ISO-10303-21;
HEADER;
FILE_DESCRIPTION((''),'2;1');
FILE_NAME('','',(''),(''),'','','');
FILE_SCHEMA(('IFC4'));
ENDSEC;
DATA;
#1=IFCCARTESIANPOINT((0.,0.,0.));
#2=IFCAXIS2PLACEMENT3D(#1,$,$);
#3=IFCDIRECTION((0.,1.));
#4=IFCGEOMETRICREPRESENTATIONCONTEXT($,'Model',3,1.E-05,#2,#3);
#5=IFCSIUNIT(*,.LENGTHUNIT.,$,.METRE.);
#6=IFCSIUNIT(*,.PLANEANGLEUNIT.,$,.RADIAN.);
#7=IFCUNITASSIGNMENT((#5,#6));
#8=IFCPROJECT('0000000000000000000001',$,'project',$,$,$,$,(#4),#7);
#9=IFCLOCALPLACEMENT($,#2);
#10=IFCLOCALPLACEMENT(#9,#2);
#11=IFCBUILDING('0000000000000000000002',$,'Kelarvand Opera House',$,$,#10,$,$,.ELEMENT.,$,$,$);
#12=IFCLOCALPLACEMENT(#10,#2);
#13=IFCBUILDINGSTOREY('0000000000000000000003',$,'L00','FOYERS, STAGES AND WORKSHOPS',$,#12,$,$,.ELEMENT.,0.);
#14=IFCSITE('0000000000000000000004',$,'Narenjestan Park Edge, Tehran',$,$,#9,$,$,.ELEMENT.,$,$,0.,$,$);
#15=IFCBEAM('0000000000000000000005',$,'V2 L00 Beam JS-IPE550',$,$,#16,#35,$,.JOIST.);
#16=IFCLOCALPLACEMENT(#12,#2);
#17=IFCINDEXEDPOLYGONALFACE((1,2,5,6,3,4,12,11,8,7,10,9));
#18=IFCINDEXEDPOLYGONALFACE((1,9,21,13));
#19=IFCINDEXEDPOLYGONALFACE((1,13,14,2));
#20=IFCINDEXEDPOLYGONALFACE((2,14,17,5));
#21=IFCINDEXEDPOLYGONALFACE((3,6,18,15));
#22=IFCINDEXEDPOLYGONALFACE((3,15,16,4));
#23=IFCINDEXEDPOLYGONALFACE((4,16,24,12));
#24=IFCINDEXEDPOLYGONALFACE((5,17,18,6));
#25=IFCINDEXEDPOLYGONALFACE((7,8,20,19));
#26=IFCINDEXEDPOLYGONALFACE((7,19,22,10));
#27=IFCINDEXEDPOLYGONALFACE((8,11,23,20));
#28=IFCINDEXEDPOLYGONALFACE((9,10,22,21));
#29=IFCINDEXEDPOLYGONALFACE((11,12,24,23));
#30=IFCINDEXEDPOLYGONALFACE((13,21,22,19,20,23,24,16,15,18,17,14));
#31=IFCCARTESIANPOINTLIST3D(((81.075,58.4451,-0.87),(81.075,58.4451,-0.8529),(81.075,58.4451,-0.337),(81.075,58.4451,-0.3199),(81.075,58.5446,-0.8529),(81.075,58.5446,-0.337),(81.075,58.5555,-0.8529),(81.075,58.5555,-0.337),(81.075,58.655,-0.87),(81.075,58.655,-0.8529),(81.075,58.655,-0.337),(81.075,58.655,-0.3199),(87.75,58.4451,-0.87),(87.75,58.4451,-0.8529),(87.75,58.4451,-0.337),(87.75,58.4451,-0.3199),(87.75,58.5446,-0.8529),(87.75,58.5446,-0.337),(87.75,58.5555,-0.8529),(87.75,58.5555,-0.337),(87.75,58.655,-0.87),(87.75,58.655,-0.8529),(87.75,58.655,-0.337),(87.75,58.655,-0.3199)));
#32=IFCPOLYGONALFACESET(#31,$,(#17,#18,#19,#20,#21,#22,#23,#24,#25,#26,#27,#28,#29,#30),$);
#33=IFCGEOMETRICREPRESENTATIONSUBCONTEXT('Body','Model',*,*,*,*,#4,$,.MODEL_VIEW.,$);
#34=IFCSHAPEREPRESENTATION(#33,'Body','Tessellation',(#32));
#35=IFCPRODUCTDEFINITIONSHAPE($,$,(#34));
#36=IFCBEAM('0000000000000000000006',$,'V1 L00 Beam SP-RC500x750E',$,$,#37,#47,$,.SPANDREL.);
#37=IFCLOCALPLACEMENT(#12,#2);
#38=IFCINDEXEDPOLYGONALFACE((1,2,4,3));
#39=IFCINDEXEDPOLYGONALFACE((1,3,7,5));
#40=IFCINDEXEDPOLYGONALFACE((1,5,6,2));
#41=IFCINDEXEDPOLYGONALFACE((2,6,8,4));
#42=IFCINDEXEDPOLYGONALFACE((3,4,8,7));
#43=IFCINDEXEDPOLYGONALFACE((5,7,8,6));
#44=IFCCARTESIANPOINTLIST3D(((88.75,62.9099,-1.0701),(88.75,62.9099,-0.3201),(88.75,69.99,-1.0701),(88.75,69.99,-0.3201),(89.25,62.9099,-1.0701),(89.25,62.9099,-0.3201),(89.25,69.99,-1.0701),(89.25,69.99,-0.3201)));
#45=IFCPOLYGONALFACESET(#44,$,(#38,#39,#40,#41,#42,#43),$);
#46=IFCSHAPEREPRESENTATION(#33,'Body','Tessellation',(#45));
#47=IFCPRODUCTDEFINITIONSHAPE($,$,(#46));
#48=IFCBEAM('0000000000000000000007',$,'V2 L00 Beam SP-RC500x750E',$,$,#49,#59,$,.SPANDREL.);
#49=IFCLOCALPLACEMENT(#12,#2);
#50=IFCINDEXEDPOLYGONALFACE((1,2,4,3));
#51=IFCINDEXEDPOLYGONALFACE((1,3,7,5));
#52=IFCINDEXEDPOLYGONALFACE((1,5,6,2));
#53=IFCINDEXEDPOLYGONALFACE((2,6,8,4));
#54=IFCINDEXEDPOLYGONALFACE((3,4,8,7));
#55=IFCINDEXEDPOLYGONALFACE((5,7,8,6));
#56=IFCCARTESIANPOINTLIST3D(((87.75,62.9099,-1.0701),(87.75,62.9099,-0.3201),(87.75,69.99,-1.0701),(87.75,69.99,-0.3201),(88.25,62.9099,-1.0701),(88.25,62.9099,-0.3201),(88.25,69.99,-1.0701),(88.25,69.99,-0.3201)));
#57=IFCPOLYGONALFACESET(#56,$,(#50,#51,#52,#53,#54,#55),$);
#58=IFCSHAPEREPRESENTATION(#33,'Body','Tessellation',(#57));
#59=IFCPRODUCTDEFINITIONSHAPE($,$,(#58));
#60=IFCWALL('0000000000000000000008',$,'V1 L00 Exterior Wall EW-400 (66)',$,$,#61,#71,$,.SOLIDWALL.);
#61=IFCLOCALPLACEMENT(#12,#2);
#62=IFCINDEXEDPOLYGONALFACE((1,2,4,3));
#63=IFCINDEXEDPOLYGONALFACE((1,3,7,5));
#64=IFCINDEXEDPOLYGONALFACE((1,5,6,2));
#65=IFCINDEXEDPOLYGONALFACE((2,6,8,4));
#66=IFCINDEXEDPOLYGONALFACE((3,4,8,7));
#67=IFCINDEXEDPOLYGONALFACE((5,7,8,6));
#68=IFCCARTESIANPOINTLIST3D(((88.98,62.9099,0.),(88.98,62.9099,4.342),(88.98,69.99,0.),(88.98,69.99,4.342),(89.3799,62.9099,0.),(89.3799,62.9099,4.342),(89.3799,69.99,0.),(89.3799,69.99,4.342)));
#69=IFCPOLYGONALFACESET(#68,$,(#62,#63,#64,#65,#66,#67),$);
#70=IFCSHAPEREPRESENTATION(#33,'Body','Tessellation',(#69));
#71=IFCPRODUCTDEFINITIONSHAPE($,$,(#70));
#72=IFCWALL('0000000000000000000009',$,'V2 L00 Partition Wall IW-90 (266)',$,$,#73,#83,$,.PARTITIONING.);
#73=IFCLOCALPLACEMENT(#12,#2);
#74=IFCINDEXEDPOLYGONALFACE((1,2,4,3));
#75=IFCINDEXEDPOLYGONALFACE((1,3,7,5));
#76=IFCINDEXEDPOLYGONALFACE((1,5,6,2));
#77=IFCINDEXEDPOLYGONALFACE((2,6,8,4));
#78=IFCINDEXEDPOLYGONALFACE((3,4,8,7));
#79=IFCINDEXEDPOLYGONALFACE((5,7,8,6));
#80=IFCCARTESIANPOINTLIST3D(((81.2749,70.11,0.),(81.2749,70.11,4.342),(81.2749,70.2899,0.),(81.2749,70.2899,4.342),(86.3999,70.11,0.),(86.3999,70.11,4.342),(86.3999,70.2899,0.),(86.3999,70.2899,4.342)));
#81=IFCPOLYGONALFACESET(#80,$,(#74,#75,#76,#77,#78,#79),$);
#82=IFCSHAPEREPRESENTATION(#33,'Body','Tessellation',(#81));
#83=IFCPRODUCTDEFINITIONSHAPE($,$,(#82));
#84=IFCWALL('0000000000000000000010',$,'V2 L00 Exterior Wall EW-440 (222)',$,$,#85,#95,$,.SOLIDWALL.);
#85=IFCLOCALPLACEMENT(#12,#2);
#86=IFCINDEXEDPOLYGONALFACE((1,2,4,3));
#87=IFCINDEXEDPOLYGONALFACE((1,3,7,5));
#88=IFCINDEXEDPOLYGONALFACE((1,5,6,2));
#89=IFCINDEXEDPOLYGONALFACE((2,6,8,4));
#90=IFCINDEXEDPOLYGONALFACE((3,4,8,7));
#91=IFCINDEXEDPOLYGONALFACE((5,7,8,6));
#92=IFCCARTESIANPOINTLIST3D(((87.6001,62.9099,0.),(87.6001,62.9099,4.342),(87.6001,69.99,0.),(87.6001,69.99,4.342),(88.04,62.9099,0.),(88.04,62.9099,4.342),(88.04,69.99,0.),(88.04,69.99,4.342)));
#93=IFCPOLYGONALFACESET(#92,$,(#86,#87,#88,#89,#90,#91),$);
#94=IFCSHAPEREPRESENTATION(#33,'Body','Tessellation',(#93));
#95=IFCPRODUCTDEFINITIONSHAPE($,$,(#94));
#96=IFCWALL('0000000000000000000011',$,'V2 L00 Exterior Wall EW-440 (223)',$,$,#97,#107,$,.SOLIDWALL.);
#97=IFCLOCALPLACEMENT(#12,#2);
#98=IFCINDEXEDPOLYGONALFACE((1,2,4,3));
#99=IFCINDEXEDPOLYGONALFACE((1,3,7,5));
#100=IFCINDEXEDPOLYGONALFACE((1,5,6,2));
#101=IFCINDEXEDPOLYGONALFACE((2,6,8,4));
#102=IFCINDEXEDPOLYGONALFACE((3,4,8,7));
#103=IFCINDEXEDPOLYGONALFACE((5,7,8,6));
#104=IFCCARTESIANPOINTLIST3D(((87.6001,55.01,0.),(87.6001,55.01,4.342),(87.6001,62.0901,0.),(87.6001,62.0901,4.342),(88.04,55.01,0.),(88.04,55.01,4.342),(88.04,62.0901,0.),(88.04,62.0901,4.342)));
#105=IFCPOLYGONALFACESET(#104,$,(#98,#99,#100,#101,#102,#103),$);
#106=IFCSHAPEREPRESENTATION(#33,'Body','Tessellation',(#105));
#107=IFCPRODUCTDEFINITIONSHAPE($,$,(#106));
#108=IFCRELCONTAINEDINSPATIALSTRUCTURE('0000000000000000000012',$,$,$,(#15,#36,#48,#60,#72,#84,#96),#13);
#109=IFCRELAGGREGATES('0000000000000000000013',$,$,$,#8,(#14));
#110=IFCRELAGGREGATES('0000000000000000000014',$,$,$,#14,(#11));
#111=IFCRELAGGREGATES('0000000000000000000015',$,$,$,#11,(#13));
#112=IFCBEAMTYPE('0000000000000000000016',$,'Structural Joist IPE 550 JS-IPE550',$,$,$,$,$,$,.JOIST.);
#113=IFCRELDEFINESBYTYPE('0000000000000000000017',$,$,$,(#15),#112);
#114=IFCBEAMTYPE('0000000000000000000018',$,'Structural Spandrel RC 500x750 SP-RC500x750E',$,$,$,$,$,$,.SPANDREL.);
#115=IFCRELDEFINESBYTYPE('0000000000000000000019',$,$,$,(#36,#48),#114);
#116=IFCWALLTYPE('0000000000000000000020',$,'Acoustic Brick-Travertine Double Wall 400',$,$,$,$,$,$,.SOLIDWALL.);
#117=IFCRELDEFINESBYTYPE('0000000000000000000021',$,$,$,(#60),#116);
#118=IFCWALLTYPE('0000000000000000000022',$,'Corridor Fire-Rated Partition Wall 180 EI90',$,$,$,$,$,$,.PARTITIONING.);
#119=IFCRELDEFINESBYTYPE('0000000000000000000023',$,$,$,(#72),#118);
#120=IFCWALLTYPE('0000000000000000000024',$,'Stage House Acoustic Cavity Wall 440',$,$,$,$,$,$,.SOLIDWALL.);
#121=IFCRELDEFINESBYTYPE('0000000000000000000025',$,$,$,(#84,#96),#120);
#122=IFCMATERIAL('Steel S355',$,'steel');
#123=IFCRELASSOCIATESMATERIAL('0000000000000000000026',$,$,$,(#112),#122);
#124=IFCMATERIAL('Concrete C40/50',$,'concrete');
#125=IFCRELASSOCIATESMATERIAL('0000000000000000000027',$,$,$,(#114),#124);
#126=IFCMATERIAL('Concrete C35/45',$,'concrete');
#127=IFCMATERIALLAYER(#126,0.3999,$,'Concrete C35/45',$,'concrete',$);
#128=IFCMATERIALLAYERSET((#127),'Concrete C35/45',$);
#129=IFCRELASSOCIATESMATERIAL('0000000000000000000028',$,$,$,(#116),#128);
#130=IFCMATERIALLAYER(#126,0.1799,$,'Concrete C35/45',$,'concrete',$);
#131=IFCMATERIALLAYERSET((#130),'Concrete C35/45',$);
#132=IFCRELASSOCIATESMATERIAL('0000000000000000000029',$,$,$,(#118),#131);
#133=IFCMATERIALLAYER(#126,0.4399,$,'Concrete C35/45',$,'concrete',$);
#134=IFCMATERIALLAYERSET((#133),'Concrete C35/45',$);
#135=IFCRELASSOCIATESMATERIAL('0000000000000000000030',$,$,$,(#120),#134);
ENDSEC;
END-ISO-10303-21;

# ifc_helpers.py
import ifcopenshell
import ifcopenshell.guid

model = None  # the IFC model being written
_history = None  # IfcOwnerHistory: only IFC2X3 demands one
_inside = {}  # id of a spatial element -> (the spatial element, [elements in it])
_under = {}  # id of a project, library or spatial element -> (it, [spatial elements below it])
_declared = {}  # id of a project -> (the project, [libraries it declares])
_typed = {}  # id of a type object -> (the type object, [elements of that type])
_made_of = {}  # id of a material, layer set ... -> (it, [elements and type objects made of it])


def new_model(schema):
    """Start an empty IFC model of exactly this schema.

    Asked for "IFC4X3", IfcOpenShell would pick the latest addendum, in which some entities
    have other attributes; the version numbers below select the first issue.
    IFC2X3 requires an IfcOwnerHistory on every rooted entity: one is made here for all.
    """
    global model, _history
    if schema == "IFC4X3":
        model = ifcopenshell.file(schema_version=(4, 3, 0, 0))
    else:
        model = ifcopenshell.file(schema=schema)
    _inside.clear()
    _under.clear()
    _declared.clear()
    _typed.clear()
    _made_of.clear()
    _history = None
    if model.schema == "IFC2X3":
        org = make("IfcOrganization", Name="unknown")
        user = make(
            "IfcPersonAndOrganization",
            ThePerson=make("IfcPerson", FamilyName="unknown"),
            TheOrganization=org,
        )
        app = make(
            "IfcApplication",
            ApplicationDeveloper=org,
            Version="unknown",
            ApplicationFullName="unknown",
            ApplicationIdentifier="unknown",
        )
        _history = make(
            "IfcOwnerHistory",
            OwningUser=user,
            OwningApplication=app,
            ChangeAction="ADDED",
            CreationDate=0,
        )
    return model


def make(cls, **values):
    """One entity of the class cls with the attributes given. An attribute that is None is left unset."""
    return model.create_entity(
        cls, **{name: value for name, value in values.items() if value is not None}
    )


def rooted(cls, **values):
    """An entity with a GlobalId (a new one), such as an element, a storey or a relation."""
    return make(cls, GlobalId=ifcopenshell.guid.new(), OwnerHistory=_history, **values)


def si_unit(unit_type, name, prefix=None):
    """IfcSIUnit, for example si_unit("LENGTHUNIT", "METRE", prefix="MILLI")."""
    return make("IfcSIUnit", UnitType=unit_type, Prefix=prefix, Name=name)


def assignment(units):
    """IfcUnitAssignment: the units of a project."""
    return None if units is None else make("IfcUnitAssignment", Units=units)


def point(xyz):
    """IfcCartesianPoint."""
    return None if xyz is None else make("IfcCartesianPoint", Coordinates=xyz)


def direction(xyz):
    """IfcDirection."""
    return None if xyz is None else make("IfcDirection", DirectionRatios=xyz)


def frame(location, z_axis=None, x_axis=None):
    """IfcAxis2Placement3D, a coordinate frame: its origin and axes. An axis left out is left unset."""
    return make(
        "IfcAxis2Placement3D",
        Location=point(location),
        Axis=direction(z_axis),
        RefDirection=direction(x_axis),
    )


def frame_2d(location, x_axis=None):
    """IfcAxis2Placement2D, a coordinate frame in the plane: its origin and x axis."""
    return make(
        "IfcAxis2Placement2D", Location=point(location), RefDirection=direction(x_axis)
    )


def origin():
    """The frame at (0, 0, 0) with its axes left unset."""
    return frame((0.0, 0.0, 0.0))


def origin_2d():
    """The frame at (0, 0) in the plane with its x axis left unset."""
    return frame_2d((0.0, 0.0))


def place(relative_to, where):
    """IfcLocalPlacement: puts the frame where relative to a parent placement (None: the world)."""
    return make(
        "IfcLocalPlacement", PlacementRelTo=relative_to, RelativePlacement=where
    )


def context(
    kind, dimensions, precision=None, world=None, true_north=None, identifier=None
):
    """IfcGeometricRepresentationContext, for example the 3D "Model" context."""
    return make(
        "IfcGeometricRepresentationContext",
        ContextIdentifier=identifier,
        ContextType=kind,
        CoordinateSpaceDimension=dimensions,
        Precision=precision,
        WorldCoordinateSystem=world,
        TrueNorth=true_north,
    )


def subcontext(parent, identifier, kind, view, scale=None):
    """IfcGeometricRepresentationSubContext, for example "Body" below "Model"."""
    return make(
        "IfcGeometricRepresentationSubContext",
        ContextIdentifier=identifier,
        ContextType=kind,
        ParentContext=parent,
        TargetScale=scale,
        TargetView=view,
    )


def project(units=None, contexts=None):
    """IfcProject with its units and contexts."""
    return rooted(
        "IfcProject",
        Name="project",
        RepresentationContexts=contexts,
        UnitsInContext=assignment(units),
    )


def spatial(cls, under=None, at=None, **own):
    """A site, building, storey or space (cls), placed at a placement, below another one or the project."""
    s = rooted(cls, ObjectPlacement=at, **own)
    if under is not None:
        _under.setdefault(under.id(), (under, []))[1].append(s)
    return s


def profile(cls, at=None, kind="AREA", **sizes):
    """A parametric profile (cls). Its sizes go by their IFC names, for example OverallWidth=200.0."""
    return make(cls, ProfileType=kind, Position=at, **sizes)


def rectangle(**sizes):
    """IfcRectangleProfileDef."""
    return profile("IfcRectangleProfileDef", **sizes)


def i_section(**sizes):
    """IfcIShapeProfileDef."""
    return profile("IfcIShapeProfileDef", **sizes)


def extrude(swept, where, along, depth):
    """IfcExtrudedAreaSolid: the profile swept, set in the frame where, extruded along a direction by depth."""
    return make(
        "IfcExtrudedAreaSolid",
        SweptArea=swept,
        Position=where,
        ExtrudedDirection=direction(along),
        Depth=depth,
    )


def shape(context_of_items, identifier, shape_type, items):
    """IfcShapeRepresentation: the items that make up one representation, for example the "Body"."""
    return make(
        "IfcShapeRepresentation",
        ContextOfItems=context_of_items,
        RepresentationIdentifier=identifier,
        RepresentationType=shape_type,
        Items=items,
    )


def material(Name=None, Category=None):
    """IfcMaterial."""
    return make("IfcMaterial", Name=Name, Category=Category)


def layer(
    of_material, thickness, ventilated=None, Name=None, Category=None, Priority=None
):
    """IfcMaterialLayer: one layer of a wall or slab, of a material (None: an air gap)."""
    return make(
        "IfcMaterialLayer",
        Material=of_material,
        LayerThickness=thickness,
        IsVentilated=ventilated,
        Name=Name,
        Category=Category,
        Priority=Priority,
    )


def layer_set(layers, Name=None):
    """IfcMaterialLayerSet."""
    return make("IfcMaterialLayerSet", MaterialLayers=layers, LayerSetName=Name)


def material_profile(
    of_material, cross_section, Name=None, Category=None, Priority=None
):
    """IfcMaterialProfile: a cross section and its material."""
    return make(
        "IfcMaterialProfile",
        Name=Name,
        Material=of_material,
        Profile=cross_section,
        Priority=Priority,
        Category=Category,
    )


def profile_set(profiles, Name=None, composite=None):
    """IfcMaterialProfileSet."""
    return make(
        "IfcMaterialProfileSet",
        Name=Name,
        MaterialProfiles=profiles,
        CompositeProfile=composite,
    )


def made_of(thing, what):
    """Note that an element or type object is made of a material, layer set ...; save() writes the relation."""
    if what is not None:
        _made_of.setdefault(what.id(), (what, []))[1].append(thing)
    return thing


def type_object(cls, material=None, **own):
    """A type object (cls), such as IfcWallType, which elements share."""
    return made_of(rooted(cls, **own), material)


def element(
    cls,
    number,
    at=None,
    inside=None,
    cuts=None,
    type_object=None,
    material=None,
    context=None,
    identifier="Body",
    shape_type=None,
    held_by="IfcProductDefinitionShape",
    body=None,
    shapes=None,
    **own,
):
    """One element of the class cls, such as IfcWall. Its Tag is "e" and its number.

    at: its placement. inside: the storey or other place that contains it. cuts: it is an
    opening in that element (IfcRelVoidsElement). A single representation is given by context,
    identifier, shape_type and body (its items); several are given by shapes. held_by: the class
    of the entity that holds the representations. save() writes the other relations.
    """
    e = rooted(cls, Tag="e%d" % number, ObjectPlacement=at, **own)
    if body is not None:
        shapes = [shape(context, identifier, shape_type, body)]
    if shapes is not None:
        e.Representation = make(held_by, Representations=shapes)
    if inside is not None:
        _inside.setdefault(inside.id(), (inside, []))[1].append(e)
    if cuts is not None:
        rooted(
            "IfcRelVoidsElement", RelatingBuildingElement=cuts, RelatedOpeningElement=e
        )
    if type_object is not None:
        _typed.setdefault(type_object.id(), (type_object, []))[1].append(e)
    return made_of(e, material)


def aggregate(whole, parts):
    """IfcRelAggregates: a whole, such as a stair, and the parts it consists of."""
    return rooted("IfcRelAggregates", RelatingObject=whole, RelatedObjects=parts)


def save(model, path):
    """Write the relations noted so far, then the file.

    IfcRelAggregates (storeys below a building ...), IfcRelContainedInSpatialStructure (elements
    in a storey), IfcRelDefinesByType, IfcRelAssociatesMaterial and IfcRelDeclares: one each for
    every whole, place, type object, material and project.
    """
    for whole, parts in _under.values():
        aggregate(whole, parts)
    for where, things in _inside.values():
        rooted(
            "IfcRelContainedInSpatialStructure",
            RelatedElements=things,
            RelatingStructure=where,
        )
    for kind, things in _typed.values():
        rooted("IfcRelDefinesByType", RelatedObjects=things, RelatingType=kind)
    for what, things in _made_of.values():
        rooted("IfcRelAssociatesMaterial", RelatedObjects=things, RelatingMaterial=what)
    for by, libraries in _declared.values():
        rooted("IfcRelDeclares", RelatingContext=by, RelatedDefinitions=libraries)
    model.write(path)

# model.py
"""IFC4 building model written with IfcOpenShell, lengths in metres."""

from ifc_helpers import new_model, si_unit, direction, frame, frame_2d, origin, origin_2d, place, context, subcontext, project, spatial, rectangle, i_section, extrude, material, layer, layer_set, material_profile, profile_set, type_object, element, save


model = new_model("IFC4")

# Units and contexts
model_context = context("Model", 3, precision=1e-05, world=origin(), true_north=direction((0.0, 1.0)))
body_context = subcontext(model_context, "Body", "Model", "MODEL_VIEW")
ifc_project = project(units=[si_unit("LENGTHUNIT", "METRE"), si_unit("PLANEANGLEUNIT", "RADIAN")], contexts=[model_context])

# Site, building, storey
site_placement = place(None, origin())
site = spatial("IfcSite", under=ifc_project, at=site_placement, Name="Narenjestan Park Edge, Tehran", CompositionType="ELEMENT", RefElevation=0.0)
building_placement = place(site_placement, origin())
building = spatial("IfcBuilding", under=site, at=building_placement, Name="Kelarvand Opera House", CompositionType="ELEMENT")
storey_placement = place(building_placement, origin())
storey = spatial("IfcBuildingStorey", under=building, at=storey_placement, Name="L00", Description="FOYERS, STAGES AND WORKSHOPS", CompositionType="ELEMENT", Elevation=0.0)

# Shared definitions
ifc_material_1 = material(Name="Concrete C40/50", Category="concrete")

# Beams
ifc_material_2 = material(Name="Concrete C35/45", Category="concrete")
ifc_material_3 = material(Name="Steel S355", Category="steel")
ifc_material_profile_1 = material_profile(ifc_material_3, i_section(OverallWidth=0.21, OverallDepth=0.55, WebThickness=0.011, FlangeThickness=0.0171, at=origin_2d()), Name="IPE 550", Category="steel")
ifc_profile_set_1 = profile_set([ifc_material_profile_1], Name="Steel S355")
beam_type_1 = type_object("IfcBeamType", Name="Structural Joist IPE 550 JS-IPE550", PredefinedType="JOIST", material=ifc_profile_set_1)
beam_1_placement = place(storey_placement, frame((81.075, 58.55, -0.595), z_axis=(1.0, 0.0, 0.0), x_axis=(0.0, 1.0, 0.0)))
element("IfcBeam", 1, at=beam_1_placement, inside=storey, type_object=beam_type_1, Name="V2 L00 Beam JS-IPE550", PredefinedType="JOIST", context=body_context, shape_type="SweptSolid", body=[
    extrude(i_section(OverallWidth=0.21, OverallDepth=0.55, WebThickness=0.011, FlangeThickness=0.0171, at=origin_2d()), origin(), (0.0, 0.0, 1.0), 6.675),
])
ifc_material_profile_2 = material_profile(ifc_material_1, rectangle(XDim=0.5, YDim=0.75, at=origin_2d()), Name="RC 500x750", Category="concrete")
ifc_profile_set_2 = profile_set([ifc_material_profile_2], Name="Concrete C40/50")
beam_type_2 = type_object("IfcBeamType", Name="Structural Spandrel RC 500x750 SP-RC500x750E", PredefinedType="SPANDREL", material=ifc_profile_set_2)
for number, where, z_axis, x_axis, name in (
    (2, (89.0, 62.9099, -0.6951), (0.0, 1.0, 0.0), (-1.0, 0.0, 0.0), "V1 L00 Beam SP-RC500x750E"),
    (3, (88.0, 62.9099, -0.6951), (0.0, 1.0, 0.0), (-1.0, 0.0, 0.0), "V2 L00 Beam SP-RC500x750E"),
):
    element("IfcBeam", number, at=place(storey_placement, frame(where, z_axis=z_axis, x_axis=x_axis)), inside=storey, type_object=beam_type_2, Name=name, PredefinedType="SPANDREL", context=body_context, shape_type="SweptSolid", body=[
        extrude(rectangle(XDim=0.5, YDim=0.75, at=origin_2d()), origin(), (0.0, 0.0, 1.0), 7.0801),
    ])

# Wall
ifc_layer_1 = layer(ifc_material_2, 0.3999, Name="Concrete C35/45", Category="concrete")
ifc_layer_set_1 = layer_set([ifc_layer_1], Name="Concrete C35/45")
wall_type_1 = type_object("IfcWallType", Name="Acoustic Brick-Travertine Double Wall 400", PredefinedType="SOLIDWALL", material=ifc_layer_set_1)
wall_1_placement = place(storey_placement, frame((89.1799, 62.9099, 0.0), z_axis=(0.0, 0.0, 1.0), x_axis=(0.0, 1.0, 0.0)))
element("IfcWall", 4, at=wall_1_placement, inside=storey, type_object=wall_type_1, Name="V1 L00 Exterior Wall EW-400 (66)", PredefinedType="SOLIDWALL", context=body_context, shape_type="SweptSolid", body=[
    extrude(rectangle(XDim=7.0801, YDim=0.3999, at=frame_2d((3.54, 0.0))), origin(), (0.0, 0.0, 1.0), 4.342),
])

# Shared definitions
ifc_layer_2 = layer(ifc_material_2, 0.1799, Name="Concrete C35/45", Category="concrete")
ifc_layer_set_2 = layer_set([ifc_layer_2], Name="Concrete C35/45")
wall_type_2 = type_object("IfcWallType", Name="Corridor Fire-Rated Partition Wall 180 EI90", PredefinedType="PARTITIONING", material=ifc_layer_set_2)

# Walls
wall_2_placement = place(storey_placement, frame((81.2749, 70.2, 0.0), z_axis=(0.0, 0.0, 1.0), x_axis=(1.0, 0.0, 0.0)))
element("IfcWall", 5, at=wall_2_placement, inside=storey, type_object=wall_type_2, Name="V2 L00 Partition Wall IW-90 (266)", PredefinedType="PARTITIONING", context=body_context, shape_type="SweptSolid", body=[
    extrude(rectangle(XDim=5.125, YDim=0.1799, at=frame_2d((2.5625, 0.0))), origin(), (0.0, 0.0, 1.0), 4.342),
])
ifc_layer_3 = layer(ifc_material_2, 0.4399, Name="Concrete C35/45", Category="concrete")
ifc_layer_set_3 = layer_set([ifc_layer_3], Name="Concrete C35/45")
wall_type_3 = type_object("IfcWallType", Name="Stage House Acoustic Cavity Wall 440", PredefinedType="SOLIDWALL", material=ifc_layer_set_3)
for number, where, z_axis, x_axis, name in (
    (6, (87.8201, 69.99, 0.0), (0.0, 0.0, 1.0), (0.0, -1.0, 0.0), "V2 L00 Exterior Wall EW-440 (222)"),
    (7, (87.8201, 62.0901, 0.0), (0.0, 0.0, 1.0), (0.0, -1.0, 0.0), "V2 L00 Exterior Wall EW-440 (223)"),
):
    element("IfcWall", number, at=place(storey_placement, frame(where, z_axis=z_axis, x_axis=x_axis)), inside=storey, type_object=wall_type_3, Name=name, PredefinedType="SOLIDWALL", context=body_context, shape_type="SweptSolid", body=[
        extrude(rectangle(XDim=7.0801, YDim=0.4399, at=frame_2d((3.54, 0.0))), origin(), (0.0, 0.0, 1.0), 4.342),
    ])

save(model, "model.ifc")
